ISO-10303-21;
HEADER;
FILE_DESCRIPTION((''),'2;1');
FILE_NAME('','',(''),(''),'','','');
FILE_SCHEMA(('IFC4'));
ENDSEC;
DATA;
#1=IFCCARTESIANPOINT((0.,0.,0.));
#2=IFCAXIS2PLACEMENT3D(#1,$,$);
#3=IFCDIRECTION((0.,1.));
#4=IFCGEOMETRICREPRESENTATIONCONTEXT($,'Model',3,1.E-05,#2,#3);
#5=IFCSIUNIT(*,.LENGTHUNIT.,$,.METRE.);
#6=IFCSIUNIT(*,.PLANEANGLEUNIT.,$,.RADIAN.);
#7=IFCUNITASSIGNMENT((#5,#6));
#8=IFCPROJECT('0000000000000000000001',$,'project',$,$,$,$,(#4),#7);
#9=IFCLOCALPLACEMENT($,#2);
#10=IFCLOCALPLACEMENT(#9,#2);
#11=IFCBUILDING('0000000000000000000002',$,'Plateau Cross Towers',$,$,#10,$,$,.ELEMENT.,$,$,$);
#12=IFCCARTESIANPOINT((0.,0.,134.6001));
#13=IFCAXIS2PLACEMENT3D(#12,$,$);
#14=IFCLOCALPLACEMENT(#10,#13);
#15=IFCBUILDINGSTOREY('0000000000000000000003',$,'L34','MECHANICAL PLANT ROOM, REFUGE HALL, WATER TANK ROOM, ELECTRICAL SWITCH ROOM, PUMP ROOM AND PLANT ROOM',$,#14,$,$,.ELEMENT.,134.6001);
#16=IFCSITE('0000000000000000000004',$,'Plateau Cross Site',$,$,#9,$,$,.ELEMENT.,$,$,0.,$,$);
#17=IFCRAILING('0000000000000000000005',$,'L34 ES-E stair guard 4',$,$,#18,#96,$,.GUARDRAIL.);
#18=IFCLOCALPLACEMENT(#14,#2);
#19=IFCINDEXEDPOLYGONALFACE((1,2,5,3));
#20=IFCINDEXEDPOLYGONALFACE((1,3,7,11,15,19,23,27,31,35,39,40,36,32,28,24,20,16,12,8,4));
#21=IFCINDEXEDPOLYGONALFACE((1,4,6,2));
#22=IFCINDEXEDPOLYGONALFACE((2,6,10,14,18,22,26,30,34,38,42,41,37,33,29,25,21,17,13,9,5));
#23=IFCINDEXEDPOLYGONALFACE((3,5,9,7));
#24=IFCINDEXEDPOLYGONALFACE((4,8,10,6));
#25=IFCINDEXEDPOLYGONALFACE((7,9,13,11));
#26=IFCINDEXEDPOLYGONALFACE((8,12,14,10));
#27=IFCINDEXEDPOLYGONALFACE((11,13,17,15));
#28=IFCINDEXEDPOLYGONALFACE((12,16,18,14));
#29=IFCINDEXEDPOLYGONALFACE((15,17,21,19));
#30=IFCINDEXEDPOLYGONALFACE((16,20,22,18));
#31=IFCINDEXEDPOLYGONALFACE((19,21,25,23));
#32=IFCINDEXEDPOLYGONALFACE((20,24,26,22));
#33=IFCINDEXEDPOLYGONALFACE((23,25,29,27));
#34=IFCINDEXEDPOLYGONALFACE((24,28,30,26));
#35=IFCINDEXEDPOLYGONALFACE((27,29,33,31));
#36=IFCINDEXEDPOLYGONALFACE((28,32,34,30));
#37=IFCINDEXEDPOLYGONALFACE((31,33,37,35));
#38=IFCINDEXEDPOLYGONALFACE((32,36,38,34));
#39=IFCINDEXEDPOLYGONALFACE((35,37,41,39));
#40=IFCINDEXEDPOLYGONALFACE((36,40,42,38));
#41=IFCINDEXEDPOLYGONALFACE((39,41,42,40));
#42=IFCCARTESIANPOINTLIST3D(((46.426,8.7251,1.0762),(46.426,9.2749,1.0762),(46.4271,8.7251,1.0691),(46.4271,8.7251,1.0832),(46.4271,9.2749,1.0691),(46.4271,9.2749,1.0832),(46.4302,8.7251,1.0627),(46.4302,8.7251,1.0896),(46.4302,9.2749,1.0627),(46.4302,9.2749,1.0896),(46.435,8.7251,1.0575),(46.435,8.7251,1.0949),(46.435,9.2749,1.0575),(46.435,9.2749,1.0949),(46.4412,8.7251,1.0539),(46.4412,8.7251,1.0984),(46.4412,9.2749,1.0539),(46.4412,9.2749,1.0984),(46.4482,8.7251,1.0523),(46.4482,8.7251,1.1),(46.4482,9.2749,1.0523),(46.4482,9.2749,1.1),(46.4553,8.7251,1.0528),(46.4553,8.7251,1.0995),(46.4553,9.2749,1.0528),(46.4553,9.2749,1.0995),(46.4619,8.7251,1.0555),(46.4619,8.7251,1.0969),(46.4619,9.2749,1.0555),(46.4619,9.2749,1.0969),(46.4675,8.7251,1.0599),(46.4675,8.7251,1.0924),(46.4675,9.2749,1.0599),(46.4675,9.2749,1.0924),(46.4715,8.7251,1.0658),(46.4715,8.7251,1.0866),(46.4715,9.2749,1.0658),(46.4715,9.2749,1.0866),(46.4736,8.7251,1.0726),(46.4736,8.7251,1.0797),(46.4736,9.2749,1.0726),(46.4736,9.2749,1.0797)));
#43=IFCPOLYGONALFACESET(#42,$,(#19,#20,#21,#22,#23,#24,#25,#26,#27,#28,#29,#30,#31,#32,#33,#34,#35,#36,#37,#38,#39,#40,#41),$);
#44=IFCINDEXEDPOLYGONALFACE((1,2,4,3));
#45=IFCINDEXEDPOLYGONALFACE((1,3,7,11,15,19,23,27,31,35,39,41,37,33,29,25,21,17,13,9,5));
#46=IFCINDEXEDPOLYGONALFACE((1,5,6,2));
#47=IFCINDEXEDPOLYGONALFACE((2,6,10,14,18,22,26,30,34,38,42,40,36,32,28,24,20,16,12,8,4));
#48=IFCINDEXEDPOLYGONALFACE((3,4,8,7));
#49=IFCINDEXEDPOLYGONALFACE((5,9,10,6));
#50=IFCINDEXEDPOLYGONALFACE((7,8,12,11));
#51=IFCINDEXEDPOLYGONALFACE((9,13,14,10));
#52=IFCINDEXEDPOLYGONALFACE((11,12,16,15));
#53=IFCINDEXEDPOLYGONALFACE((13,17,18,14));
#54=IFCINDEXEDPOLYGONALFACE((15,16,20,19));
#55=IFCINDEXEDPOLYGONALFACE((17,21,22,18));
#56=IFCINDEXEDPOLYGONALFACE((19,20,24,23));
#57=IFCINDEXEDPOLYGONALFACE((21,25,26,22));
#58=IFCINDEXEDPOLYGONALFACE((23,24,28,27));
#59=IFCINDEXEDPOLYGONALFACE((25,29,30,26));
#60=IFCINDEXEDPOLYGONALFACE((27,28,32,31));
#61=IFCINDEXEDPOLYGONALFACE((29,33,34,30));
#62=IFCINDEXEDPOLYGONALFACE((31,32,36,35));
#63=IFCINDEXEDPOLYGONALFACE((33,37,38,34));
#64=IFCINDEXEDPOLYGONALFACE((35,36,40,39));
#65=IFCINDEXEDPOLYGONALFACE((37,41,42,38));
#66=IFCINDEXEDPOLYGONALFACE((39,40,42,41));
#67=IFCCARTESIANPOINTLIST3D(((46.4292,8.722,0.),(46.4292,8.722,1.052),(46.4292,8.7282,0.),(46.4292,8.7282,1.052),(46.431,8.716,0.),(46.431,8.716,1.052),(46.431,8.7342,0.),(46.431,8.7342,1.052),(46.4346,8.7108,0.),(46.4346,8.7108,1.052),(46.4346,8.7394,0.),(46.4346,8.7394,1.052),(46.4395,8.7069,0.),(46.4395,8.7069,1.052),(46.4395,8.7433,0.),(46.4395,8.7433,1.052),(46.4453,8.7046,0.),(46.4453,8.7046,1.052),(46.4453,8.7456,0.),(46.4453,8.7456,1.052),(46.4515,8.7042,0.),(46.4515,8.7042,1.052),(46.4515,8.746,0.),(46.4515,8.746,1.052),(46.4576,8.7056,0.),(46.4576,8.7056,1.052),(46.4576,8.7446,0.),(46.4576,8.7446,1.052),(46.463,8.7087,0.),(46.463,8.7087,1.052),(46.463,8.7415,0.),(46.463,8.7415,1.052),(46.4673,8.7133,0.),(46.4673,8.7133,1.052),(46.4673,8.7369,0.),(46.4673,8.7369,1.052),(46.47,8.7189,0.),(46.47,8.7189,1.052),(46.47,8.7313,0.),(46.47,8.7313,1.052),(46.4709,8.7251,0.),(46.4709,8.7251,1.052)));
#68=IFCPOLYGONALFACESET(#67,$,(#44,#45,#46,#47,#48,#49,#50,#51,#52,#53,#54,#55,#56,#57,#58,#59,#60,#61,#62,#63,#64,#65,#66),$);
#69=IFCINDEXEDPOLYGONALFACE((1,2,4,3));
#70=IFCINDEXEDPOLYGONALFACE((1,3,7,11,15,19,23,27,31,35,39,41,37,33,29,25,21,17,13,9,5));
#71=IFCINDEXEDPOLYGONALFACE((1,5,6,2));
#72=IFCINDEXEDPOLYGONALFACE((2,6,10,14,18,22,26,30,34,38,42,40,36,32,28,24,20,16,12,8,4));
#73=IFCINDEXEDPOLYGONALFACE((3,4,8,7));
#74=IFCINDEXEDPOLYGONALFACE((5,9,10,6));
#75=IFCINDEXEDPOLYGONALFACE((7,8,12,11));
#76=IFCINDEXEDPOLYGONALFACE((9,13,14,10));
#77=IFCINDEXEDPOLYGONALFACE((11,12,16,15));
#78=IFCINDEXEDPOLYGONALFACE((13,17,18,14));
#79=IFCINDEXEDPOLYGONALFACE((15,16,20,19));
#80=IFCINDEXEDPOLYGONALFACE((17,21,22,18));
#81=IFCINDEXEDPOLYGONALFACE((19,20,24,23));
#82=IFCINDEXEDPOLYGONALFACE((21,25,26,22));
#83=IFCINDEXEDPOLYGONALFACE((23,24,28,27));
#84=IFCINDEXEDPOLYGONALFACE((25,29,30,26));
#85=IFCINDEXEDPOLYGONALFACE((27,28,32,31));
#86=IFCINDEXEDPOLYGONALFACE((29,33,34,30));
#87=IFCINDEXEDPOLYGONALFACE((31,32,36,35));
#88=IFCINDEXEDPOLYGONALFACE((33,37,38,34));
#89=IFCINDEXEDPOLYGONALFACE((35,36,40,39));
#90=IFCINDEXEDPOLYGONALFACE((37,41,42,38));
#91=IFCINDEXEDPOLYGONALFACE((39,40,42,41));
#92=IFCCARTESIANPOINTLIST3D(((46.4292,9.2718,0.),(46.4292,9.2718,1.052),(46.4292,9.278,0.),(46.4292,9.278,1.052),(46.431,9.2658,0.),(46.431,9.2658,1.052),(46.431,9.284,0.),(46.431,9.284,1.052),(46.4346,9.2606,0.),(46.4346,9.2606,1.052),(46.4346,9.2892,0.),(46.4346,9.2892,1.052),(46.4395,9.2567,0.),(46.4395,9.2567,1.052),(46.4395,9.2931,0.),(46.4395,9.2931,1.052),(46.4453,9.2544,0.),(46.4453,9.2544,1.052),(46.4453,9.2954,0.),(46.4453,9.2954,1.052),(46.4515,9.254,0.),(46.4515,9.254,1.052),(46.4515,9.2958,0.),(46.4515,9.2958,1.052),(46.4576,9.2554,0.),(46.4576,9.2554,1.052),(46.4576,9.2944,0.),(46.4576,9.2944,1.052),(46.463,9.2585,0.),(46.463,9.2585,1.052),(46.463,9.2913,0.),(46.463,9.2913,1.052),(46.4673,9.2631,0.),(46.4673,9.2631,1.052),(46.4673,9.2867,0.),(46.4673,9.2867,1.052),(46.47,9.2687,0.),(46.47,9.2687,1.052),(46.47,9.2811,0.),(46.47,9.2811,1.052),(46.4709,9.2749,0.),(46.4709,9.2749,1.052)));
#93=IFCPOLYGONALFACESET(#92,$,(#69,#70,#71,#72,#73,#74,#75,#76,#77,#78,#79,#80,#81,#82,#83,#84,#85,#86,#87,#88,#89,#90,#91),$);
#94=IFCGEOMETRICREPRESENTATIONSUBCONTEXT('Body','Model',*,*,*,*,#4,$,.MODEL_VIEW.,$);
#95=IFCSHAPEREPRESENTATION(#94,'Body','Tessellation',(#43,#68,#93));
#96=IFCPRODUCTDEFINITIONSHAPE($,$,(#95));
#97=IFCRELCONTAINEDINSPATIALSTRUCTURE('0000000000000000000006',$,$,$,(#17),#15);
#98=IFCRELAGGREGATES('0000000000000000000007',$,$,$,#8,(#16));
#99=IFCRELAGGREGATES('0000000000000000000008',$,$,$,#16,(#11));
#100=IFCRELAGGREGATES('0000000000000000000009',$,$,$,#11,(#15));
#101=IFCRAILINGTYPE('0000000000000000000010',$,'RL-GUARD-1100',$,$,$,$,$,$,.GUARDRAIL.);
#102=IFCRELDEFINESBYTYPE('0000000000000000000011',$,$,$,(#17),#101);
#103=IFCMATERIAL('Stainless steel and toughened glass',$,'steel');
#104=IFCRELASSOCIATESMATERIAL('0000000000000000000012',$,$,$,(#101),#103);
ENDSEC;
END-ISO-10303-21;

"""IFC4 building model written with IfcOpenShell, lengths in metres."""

from ifc_helpers import new_model, si_unit, direction, frame, origin, origin_2d, place, context, subcontext, project, spatial, circle, extrude, material, type_object, element, save


model = new_model("IFC4")

# Units and contexts
model_context = context("Model", 3, precision=1e-05, world=origin(), true_north=direction((0.0, 1.0)))
body_context = subcontext(model_context, "Body", "Model", "MODEL_VIEW")
ifc_project = project(units=[si_unit("LENGTHUNIT", "METRE"), si_unit("PLANEANGLEUNIT", "RADIAN")], contexts=[model_context])

# Site, building, storey
site_placement = place(None, origin())
site = spatial("IfcSite", under=ifc_project, at=site_placement, Name="Plateau Cross Site", CompositionType="ELEMENT", RefElevation=0.0)
building_placement = place(site_placement, origin())
building = spatial("IfcBuilding", under=site, at=building_placement, Name="Plateau Cross Towers", CompositionType="ELEMENT")
storey_placement = place(building_placement, frame((0.0, 0.0, 134.6001)))
storey = spatial("IfcBuildingStorey", under=building, at=storey_placement, Name="L34", Description="MECHANICAL PLANT ROOM, REFUGE HALL, WATER TANK ROOM, ELECTRICAL SWITCH ROOM, PUMP ROOM AND PLANT ROOM", CompositionType="ELEMENT", Elevation=134.6001)

# Railing
ifc_material_1 = material(Name="Stainless steel and toughened glass", Category="steel")
railing_type_1 = type_object("IfcRailingType", Name="RL-GUARD-1100", PredefinedType="GUARDRAIL", material=ifc_material_1)
railing_1_placement = place(storey_placement, frame((46.45, 8.7251, 0.0)))
element("IfcRailing", 1, at=railing_1_placement, inside=storey, type_object=railing_type_1, Name="L34 ES-E stair guard 4", PredefinedType="GUARDRAIL", context=body_context, shape_type="SweptSolid", body=[
    extrude(circle(Radius=0.0239, at=origin_2d()), frame((0.0, 0.0, 1.0762), z_axis=(0.0, 1.0, 0.0), x_axis=(-1.0, 0.0, 0.0)), (0.0, 0.0, 1.0), 0.5498),
    extrude(circle(Radius=0.021, at=origin_2d()), origin(), (0.0, 0.0, 1.0), 1.052),
    extrude(circle(Radius=0.021, at=origin_2d()), frame((0.0, 0.5498, 0.0)), (0.0, 0.0, 1.0), 1.052),
])

save(model, "model.ifc")
